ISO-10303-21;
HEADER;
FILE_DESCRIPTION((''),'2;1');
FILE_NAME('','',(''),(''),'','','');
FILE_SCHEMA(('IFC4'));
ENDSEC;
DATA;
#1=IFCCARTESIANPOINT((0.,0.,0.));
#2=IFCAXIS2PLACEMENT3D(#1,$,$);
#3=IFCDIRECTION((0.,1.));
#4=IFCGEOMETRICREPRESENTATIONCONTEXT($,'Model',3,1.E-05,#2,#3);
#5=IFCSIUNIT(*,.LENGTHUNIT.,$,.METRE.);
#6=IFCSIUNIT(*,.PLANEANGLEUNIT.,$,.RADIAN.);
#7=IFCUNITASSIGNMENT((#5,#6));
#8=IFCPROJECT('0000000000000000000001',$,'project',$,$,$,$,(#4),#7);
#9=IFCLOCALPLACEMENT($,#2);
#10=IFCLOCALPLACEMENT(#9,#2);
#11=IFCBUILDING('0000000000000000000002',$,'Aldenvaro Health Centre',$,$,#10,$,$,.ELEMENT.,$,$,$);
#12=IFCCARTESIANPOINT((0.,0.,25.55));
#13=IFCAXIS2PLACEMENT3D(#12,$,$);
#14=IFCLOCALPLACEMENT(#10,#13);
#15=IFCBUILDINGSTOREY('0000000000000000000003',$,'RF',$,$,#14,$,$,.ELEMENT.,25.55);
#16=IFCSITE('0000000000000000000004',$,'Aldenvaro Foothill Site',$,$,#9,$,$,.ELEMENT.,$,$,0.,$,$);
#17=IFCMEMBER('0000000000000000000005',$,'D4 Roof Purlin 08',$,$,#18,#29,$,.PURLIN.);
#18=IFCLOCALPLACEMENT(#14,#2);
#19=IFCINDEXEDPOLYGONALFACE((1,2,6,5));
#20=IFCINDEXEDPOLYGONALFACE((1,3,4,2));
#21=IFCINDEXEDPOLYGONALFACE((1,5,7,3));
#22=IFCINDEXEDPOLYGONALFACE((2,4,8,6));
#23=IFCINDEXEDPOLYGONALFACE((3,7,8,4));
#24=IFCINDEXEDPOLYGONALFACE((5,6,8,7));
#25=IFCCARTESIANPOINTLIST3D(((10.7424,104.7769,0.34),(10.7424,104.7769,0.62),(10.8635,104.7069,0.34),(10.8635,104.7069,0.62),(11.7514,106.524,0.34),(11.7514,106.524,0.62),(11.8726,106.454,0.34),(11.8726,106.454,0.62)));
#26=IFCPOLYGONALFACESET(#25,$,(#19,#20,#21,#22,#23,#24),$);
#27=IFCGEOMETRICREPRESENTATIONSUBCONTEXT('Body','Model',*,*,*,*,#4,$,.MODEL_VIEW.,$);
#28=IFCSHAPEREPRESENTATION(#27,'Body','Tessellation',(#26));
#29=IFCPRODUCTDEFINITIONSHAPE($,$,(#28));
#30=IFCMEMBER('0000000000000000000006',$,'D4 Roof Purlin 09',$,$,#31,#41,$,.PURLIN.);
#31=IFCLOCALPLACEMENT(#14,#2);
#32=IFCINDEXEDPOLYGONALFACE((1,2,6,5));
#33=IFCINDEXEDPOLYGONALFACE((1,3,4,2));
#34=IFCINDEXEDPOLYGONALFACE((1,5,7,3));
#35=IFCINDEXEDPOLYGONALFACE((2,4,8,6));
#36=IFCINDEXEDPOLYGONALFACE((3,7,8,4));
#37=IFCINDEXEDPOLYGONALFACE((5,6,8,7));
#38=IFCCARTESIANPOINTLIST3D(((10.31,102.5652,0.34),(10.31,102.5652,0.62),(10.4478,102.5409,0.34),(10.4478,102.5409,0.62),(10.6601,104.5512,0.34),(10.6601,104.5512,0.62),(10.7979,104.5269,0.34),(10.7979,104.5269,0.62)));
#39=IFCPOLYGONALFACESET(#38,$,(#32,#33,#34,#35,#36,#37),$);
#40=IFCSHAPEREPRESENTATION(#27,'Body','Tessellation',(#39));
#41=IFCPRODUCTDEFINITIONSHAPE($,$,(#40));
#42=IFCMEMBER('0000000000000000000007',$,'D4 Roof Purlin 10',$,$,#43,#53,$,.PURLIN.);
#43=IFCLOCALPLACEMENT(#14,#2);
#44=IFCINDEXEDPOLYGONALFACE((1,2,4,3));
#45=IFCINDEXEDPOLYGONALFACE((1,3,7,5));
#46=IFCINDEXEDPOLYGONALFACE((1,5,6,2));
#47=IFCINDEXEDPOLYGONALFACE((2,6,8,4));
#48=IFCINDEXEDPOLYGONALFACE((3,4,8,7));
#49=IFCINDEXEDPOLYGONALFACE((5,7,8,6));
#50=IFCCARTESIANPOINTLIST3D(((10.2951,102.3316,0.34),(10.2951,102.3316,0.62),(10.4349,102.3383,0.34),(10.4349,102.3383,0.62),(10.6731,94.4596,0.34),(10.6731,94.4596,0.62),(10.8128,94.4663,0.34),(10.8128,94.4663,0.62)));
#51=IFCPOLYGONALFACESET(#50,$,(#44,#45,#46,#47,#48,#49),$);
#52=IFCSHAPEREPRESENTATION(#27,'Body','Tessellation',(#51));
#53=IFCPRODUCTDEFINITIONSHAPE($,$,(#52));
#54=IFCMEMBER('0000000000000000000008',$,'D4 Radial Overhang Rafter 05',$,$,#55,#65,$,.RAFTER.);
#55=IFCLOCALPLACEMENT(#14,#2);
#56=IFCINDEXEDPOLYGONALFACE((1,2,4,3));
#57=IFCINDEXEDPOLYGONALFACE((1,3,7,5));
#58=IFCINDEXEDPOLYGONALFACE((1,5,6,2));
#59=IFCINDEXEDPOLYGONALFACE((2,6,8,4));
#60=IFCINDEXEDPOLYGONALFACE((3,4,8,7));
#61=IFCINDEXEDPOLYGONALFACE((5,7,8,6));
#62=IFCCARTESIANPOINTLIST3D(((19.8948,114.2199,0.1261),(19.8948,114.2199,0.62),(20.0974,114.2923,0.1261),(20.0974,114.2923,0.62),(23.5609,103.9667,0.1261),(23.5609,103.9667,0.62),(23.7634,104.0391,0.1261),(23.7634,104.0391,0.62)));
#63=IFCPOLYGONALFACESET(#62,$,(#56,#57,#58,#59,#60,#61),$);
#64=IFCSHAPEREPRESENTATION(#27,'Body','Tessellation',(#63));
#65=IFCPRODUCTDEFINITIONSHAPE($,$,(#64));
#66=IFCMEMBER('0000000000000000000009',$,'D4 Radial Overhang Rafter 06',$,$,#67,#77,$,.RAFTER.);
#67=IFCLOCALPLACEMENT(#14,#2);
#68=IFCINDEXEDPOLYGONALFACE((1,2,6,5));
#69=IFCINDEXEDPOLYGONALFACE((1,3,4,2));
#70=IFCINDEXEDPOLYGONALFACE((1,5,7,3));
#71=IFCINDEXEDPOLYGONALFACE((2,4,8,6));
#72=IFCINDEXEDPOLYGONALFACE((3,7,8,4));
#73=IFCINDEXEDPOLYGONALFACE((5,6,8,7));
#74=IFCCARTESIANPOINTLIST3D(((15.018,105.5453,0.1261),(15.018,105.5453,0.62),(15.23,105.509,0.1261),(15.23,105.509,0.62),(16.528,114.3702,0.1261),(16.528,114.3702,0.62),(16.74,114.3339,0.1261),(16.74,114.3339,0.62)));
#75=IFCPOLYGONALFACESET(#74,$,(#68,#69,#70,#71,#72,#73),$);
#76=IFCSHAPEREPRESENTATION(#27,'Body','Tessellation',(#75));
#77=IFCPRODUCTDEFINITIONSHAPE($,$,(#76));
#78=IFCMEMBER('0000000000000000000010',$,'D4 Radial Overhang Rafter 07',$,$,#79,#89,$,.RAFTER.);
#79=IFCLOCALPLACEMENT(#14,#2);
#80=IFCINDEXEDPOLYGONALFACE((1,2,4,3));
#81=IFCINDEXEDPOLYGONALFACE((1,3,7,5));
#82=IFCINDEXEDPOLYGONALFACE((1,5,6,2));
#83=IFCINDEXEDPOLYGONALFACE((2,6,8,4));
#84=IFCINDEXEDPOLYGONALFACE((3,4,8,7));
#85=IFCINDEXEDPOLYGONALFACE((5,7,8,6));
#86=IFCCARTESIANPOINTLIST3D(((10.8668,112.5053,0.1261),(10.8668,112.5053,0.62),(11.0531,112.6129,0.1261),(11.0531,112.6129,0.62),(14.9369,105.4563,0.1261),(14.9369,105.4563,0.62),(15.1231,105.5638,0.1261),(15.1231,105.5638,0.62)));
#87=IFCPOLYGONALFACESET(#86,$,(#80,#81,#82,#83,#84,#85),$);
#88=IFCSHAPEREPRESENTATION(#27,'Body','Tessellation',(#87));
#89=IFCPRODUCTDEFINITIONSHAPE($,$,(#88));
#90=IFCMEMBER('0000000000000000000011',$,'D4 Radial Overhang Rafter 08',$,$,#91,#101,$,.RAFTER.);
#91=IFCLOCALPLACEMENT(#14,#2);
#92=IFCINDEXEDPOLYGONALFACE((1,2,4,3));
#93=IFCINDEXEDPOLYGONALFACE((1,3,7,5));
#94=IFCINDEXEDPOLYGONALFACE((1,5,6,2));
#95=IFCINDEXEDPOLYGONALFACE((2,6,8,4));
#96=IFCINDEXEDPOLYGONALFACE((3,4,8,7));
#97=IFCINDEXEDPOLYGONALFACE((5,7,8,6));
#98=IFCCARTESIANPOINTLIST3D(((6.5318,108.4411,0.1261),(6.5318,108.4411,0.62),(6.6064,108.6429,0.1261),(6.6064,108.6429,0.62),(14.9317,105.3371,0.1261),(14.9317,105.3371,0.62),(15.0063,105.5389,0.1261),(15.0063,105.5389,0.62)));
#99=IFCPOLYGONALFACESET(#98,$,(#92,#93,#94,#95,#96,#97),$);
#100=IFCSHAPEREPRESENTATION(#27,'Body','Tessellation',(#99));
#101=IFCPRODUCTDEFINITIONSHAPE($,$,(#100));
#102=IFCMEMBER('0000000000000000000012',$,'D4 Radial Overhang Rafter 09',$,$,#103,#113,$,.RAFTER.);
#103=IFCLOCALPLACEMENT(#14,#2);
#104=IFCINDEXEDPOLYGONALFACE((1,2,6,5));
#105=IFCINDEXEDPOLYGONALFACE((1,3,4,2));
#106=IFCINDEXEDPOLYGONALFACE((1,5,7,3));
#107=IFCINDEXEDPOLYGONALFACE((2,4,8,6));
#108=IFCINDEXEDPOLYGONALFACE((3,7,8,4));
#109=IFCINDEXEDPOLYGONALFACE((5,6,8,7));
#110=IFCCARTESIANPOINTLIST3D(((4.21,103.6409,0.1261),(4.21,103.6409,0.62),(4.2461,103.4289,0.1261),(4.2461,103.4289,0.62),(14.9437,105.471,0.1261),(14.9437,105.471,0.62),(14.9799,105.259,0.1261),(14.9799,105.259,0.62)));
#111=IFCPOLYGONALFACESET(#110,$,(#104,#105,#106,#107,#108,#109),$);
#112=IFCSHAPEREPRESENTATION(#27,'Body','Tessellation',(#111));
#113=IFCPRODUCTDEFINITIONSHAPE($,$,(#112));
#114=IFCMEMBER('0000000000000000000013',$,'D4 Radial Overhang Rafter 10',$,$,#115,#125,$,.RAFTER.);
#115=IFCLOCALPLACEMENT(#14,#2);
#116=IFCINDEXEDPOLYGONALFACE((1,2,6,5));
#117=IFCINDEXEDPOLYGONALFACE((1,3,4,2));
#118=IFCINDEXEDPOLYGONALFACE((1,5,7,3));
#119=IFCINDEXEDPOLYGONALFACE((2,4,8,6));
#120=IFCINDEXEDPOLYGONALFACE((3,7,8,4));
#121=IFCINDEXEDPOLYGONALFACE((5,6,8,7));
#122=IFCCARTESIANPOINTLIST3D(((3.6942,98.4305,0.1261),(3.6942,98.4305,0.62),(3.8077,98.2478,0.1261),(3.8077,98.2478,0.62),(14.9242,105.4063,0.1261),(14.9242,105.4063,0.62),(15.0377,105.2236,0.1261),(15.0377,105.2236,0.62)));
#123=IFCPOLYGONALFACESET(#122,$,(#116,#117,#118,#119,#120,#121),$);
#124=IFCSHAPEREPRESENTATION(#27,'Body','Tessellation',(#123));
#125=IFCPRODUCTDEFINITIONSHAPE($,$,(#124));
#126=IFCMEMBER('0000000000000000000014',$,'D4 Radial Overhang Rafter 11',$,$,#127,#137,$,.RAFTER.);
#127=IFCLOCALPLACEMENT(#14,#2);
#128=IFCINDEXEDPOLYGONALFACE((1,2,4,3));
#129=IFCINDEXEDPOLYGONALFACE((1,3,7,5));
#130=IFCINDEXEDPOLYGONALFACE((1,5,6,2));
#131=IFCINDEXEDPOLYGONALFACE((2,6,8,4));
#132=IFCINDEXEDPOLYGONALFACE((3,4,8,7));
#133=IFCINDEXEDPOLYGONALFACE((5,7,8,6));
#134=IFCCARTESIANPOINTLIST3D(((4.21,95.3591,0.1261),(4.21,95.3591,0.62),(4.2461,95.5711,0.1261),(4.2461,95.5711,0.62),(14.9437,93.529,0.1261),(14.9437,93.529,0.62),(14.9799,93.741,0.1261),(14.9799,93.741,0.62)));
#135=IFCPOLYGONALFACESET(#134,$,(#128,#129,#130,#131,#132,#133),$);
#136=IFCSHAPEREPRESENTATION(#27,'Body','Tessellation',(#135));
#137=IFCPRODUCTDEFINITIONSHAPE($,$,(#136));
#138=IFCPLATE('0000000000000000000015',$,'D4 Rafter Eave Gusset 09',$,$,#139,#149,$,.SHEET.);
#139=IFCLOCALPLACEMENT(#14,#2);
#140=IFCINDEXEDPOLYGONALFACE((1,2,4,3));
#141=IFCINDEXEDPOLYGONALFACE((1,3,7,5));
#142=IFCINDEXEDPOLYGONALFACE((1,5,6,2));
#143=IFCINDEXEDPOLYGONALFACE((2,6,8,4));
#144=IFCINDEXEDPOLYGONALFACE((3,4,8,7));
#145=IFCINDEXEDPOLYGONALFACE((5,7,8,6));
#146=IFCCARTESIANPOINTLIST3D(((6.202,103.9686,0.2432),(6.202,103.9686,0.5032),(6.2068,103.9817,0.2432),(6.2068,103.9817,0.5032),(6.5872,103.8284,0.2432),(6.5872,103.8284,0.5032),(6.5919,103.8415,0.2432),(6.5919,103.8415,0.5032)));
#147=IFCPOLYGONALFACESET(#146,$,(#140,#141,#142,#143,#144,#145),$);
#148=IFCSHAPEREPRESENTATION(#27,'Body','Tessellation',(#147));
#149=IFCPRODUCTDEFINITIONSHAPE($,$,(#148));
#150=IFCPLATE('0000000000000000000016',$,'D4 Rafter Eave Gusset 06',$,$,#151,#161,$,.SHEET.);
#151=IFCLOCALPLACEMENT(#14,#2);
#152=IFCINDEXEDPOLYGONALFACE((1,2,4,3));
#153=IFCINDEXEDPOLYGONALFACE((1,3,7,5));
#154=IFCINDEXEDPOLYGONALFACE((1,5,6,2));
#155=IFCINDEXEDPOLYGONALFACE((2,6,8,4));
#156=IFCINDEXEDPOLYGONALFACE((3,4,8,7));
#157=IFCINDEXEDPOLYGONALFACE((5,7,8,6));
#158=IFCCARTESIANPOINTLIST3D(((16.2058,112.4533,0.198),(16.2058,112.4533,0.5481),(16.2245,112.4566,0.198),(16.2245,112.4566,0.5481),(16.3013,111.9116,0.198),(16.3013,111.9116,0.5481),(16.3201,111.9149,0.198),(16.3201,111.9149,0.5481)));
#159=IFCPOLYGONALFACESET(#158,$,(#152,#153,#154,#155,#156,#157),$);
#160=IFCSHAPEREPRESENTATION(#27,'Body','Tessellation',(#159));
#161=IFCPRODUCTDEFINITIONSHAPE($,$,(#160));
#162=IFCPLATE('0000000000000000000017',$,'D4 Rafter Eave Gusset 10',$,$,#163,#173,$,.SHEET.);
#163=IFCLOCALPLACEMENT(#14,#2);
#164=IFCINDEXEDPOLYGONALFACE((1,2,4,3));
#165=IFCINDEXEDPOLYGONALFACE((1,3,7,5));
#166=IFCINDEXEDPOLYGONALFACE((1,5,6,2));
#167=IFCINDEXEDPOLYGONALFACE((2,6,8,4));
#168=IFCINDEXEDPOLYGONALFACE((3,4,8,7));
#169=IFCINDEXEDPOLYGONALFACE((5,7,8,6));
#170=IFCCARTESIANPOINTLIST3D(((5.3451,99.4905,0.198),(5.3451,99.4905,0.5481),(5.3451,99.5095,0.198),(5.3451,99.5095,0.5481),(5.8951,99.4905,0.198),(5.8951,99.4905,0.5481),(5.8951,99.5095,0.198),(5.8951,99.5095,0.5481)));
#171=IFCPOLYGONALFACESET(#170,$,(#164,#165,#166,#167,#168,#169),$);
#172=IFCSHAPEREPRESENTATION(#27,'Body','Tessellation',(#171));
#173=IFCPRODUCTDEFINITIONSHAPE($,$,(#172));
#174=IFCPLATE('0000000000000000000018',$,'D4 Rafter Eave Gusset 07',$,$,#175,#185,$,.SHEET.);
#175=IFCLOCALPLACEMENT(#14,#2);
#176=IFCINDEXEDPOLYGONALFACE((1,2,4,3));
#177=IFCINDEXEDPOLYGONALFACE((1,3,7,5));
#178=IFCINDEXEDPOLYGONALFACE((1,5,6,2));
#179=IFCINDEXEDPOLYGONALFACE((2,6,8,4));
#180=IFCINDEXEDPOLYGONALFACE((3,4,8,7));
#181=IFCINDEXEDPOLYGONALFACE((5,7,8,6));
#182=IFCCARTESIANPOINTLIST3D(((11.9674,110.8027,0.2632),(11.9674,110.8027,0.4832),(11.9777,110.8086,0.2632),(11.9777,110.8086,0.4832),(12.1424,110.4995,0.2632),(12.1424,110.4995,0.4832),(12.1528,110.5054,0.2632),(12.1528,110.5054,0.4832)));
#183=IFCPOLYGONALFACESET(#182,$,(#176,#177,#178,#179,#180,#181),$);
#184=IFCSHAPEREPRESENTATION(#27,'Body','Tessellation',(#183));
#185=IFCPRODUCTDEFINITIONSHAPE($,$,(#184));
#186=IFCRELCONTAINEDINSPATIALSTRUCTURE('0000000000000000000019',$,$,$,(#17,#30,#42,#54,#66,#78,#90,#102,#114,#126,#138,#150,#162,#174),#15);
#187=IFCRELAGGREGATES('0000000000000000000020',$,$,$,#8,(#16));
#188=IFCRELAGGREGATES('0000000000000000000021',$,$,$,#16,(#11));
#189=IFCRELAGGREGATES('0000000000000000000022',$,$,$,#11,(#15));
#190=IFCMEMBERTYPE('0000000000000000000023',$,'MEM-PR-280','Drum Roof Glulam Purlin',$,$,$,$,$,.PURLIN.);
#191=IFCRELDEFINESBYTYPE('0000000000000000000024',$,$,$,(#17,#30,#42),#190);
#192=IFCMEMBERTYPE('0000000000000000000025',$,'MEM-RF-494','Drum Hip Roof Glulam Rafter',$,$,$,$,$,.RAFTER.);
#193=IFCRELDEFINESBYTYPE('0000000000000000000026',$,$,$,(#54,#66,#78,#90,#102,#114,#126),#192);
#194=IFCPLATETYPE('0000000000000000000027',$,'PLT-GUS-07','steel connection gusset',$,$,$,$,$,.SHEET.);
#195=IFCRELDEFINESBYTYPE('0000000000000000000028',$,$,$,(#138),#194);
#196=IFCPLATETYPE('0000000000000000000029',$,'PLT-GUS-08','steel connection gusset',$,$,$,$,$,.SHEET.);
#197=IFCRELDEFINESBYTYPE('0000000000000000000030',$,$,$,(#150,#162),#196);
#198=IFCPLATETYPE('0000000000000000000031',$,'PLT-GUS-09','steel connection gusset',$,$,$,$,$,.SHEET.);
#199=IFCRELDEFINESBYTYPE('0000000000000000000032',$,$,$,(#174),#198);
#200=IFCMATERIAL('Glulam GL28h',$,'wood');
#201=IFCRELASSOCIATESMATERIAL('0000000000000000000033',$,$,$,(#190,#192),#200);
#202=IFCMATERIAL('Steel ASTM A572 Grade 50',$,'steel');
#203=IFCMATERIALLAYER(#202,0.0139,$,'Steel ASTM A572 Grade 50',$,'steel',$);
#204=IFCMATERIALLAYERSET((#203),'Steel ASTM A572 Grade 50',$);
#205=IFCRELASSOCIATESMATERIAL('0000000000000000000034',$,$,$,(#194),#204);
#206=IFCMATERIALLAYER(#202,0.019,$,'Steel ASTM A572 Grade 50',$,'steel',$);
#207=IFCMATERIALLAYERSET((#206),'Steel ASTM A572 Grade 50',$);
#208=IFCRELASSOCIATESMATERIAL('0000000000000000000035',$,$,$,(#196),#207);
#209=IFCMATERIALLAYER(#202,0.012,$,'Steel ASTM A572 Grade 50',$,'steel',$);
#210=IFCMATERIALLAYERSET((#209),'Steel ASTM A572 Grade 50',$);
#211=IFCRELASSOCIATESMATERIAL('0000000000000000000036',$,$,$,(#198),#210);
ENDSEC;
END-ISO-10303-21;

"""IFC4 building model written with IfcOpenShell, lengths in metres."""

from ifc_helpers import new_model, si_unit, direction, frame, origin, origin_2d, place, context, subcontext, project, spatial, rectangle, extrude, material, layer, layer_set, material_profile, profile_set, type_object, element, save


model = new_model("IFC4")

# Units and contexts
model_context = context("Model", 3, precision=1e-05, world=origin(), true_north=direction((0.0, 1.0)))
body_context = subcontext(model_context, "Body", "Model", "MODEL_VIEW")
ifc_project = project(units=[si_unit("LENGTHUNIT", "METRE"), si_unit("PLANEANGLEUNIT", "RADIAN")], contexts=[model_context])

# Site, building, storey
site_placement = place(None, origin())
site = spatial("IfcSite", under=ifc_project, at=site_placement, Name="Aldenvaro Foothill Site", CompositionType="ELEMENT", RefElevation=0.0)
building_placement = place(site_placement, origin())
building = spatial("IfcBuilding", under=site, at=building_placement, Name="Aldenvaro Health Centre", CompositionType="ELEMENT")
storey_placement = place(building_placement, frame((0.0, 0.0, 25.55)))
storey = spatial("IfcBuildingStorey", under=building, at=storey_placement, Name="RF", CompositionType="ELEMENT", Elevation=25.55)

# Shared definitions
ifc_material_1 = material(Name="Glulam GL28h", Category="wood")

# Members
ifc_material_profile_1 = material_profile(ifc_material_1, rectangle(XDim=0.1399, YDim=0.28, at=origin_2d()), Name="GL 140x280", Category="wood")
ifc_profile_set_1 = profile_set([ifc_material_profile_1], Name="Glulam GL28h")
member_type_1 = type_object("IfcMemberType", Name="MEM-PR-280", Description="Drum Roof Glulam Purlin", PredefinedType="PURLIN", material=ifc_profile_set_1)
member_1_placement = place(storey_placement, frame((11.812, 106.489, 0.48), z_axis=(-0.500134, -0.865948, 0.0), x_axis=(0.865948, -0.500134, 0.0)))
element("IfcMember", 1, at=member_1_placement, inside=storey, type_object=member_type_1, Name="D4 Roof Purlin 08", PredefinedType="PURLIN", context=body_context, shape_type="SweptSolid", body=[
    extrude(rectangle(XDim=0.1399, YDim=0.28, at=origin_2d()), origin(), (0.0, 0.0, 1.0), 2.0176),
])
member_2_placement = place(storey_placement, frame((10.729, 104.5391, 0.48), z_axis=(-0.173599, -0.984816, 0.0), x_axis=(0.984816, -0.173599, 0.0)))
element("IfcMember", 2, at=member_2_placement, inside=storey, type_object=member_type_1, Name="D4 Roof Purlin 09", PredefinedType="PURLIN", context=body_context, shape_type="SweptSolid", body=[
    extrude(rectangle(XDim=0.1399, YDim=0.28, at=origin_2d()), origin(), (0.0, 0.0, 1.0), 2.0166),
])
member_3_placement = place(storey_placement, frame((10.365, 102.335, 0.48), z_axis=(0.047954, -0.99885, 0.0), x_axis=(0.99885, 0.047954, 0.0)))
element("IfcMember", 3, at=member_3_placement, inside=storey, type_object=member_type_1, Name="D4 Roof Purlin 10", PredefinedType="PURLIN", context=body_context, shape_type="SweptSolid", body=[
    extrude(rectangle(XDim=0.1399, YDim=0.28, at=origin_2d()), origin(), (0.0, 0.0, 1.0), 7.8811),
])
ifc_material_profile_2 = material_profile(ifc_material_1, rectangle(XDim=0.2151, YDim=0.4939, at=origin_2d()), Name="GL 215x494", Category="wood")
ifc_profile_set_2 = profile_set([ifc_material_profile_2], Name="Glulam GL28h")
member_type_2 = type_object("IfcMemberType", Name="MEM-RF-494", Description="Drum Hip Roof Glulam Rafter", PredefinedType="RAFTER", material=ifc_profile_set_2)
member_4_placement = place(storey_placement, frame((19.9961, 114.2561, 0.373), z_axis=(0.336676, -0.941621, 0.0), x_axis=(0.941621, 0.336676, 0.0)))
element("IfcMember", 4, at=member_4_placement, inside=storey, type_object=member_type_2, Name="D4 Radial Overhang Rafter 05", PredefinedType="RAFTER", context=body_context, shape_type="SweptSolid", body=[
    extrude(rectangle(XDim=0.2151, YDim=0.4939, at=origin_2d()), origin(), (0.0, 0.0, 1.0), 10.8889),
])
member_5_placement = place(storey_placement, frame((16.634, 114.3521, 0.373), z_axis=(-0.168656, -0.985675, 0.0), x_axis=(0.985675, -0.168656, 0.0)))
element("IfcMember", 5, at=member_5_placement, inside=storey, type_object=member_type_2, Name="D4 Radial Overhang Rafter 06", PredefinedType="RAFTER", context=body_context, shape_type="SweptSolid", body=[
    extrude(rectangle(XDim=0.2151, YDim=0.4939, at=origin_2d()), origin(), (0.0, 0.0, 1.0), 8.9531),
])
member_6_placement = place(storey_placement, frame((10.96, 112.5591, 0.373), z_axis=(0.500026, -0.86601, 0.0), x_axis=(0.86601, 0.500026, 0.0)))
element("IfcMember", 6, at=member_6_placement, inside=storey, type_object=member_type_2, Name="D4 Radial Overhang Rafter 07", PredefinedType="RAFTER", context=body_context, shape_type="SweptSolid", body=[
    extrude(rectangle(XDim=0.2151, YDim=0.4939, at=origin_2d()), origin(), (0.0, 0.0, 1.0), 8.1396),
])
member_7_placement = place(storey_placement, frame((6.5691, 108.542, 0.373), z_axis=(0.938006, -0.34662, 0.0), x_axis=(0.34662, 0.938006, 0.0)))
element("IfcMember", 7, at=member_7_placement, inside=storey, type_object=member_type_2, Name="D4 Radial Overhang Rafter 08", PredefinedType="RAFTER", context=body_context, shape_type="SweptSolid", body=[
    extrude(rectangle(XDim=0.2151, YDim=0.4939, at=origin_2d()), origin(), (0.0, 0.0, 1.0), 8.9551),
])
member_8_placement = place(storey_placement, frame((4.228, 103.5349, 0.373), z_axis=(0.985775, 0.16807, 0.0), x_axis=(-0.16807, 0.985775, 0.0)))
element("IfcMember", 8, at=member_8_placement, inside=storey, type_object=member_type_2, Name="D4 Radial Overhang Rafter 09", PredefinedType="RAFTER", context=body_context, shape_type="SweptSolid", body=[
    extrude(rectangle(XDim=0.2151, YDim=0.4939, at=origin_2d()), origin(), (0.0, 0.0, 1.0), 10.8887),
])
member_9_placement = place(storey_placement, frame((3.751, 98.3391, 0.373), z_axis=(0.849454, 0.527663, 0.0), x_axis=(-0.527663, 0.849454, 0.0)))
element("IfcMember", 9, at=member_9_placement, inside=storey, type_object=member_type_2, Name="D4 Radial Overhang Rafter 10", PredefinedType="RAFTER", context=body_context, shape_type="SweptSolid", body=[
    extrude(rectangle(XDim=0.2151, YDim=0.4939, at=origin_2d()), origin(), (0.0, 0.0, 1.0), 13.2202),
])
member_10_placement = place(storey_placement, frame((4.228, 95.4651, 0.373), z_axis=(0.985775, -0.16807, 0.0), x_axis=(0.16807, 0.985775, 0.0)))
element("IfcMember", 10, at=member_10_placement, inside=storey, type_object=member_type_2, Name="D4 Radial Overhang Rafter 11", PredefinedType="RAFTER", context=body_context, shape_type="SweptSolid", body=[
    extrude(rectangle(XDim=0.2151, YDim=0.4939, at=origin_2d()), origin(), (0.0, 0.0, 1.0), 10.8887),
])

# Plates
ifc_material_2 = material(Name="Steel ASTM A572 Grade 50", Category="steel")
ifc_layer_1 = layer(ifc_material_2, 0.0139, Name="Steel ASTM A572 Grade 50", Category="steel")
ifc_layer_set_1 = layer_set([ifc_layer_1], Name="Steel ASTM A572 Grade 50")
plate_type_1 = type_object("IfcPlateType", Name="PLT-GUS-07", Description="steel connection gusset", PredefinedType="SHEET", material=ifc_layer_set_1)
plate_1_placement = place(storey_placement, frame((6.397, 103.905, 0.2432), z_axis=(0.0, 0.0, 1.0), x_axis=(-0.939696, 0.342011, 0.0)))
element("IfcPlate", 11, at=plate_1_placement, inside=storey, type_object=plate_type_1, Name="D4 Rafter Eave Gusset 09", PredefinedType="SHEET", context=body_context, shape_type="SweptSolid", body=[
    extrude(rectangle(XDim=0.4099, YDim=0.0139, at=origin_2d()), origin(), (0.0, 0.0, 1.0), 0.26),
])
ifc_layer_2 = layer(ifc_material_2, 0.019, Name="Steel ASTM A572 Grade 50", Category="steel")
ifc_layer_set_2 = layer_set([ifc_layer_2], Name="Steel ASTM A572 Grade 50")
plate_type_2 = type_object("IfcPlateType", Name="PLT-GUS-08", Description="steel connection gusset", PredefinedType="SHEET", material=ifc_layer_set_2)
for number, where, z_axis, x_axis, name in (
    (12, (16.2629, 112.1841, 0.198), (0.0, 0.0, 1.0), (-0.173683, 0.984802, 0.0), "D4 Rafter Eave Gusset 06"),
    (13, (5.6201, 99.5, 0.198), (0.0, 0.0, 1.0), (-1.0, 0.0, 0.0), "D4 Rafter Eave Gusset 10"),
):
    element("IfcPlate", number, at=place(storey_placement, frame(where, z_axis=z_axis, x_axis=x_axis)), inside=storey, type_object=plate_type_2, Name=name, PredefinedType="SHEET", context=body_context, shape_type="SweptSolid", body=[
        extrude(rectangle(XDim=0.55, YDim=0.019, at=origin_2d()), origin(), (0.0, 0.0, 1.0), 0.3501),
    ])
ifc_layer_3 = layer(ifc_material_2, 0.012, Name="Steel ASTM A572 Grade 50", Category="steel")
ifc_layer_set_3 = layer_set([ifc_layer_3], Name="Steel ASTM A572 Grade 50")
plate_type_3 = type_object("IfcPlateType", Name="PLT-GUS-09", Description="steel connection gusset", PredefinedType="SHEET", material=ifc_layer_set_3)
plate_2_placement = place(storey_placement, frame((12.0601, 110.6541, 0.2632), z_axis=(0.0, 0.0, 1.0), x_axis=(-0.500014, 0.866017, 0.0)))
element("IfcPlate", 14, at=plate_2_placement, inside=storey, type_object=plate_type_3, Name="D4 Rafter Eave Gusset 07", PredefinedType="SHEET", context=body_context, shape_type="SweptSolid", body=[
    extrude(rectangle(XDim=0.3501, YDim=0.012, at=origin_2d()), origin(), (0.0, 0.0, 1.0), 0.22),
])

save(model, "model.ifc")
